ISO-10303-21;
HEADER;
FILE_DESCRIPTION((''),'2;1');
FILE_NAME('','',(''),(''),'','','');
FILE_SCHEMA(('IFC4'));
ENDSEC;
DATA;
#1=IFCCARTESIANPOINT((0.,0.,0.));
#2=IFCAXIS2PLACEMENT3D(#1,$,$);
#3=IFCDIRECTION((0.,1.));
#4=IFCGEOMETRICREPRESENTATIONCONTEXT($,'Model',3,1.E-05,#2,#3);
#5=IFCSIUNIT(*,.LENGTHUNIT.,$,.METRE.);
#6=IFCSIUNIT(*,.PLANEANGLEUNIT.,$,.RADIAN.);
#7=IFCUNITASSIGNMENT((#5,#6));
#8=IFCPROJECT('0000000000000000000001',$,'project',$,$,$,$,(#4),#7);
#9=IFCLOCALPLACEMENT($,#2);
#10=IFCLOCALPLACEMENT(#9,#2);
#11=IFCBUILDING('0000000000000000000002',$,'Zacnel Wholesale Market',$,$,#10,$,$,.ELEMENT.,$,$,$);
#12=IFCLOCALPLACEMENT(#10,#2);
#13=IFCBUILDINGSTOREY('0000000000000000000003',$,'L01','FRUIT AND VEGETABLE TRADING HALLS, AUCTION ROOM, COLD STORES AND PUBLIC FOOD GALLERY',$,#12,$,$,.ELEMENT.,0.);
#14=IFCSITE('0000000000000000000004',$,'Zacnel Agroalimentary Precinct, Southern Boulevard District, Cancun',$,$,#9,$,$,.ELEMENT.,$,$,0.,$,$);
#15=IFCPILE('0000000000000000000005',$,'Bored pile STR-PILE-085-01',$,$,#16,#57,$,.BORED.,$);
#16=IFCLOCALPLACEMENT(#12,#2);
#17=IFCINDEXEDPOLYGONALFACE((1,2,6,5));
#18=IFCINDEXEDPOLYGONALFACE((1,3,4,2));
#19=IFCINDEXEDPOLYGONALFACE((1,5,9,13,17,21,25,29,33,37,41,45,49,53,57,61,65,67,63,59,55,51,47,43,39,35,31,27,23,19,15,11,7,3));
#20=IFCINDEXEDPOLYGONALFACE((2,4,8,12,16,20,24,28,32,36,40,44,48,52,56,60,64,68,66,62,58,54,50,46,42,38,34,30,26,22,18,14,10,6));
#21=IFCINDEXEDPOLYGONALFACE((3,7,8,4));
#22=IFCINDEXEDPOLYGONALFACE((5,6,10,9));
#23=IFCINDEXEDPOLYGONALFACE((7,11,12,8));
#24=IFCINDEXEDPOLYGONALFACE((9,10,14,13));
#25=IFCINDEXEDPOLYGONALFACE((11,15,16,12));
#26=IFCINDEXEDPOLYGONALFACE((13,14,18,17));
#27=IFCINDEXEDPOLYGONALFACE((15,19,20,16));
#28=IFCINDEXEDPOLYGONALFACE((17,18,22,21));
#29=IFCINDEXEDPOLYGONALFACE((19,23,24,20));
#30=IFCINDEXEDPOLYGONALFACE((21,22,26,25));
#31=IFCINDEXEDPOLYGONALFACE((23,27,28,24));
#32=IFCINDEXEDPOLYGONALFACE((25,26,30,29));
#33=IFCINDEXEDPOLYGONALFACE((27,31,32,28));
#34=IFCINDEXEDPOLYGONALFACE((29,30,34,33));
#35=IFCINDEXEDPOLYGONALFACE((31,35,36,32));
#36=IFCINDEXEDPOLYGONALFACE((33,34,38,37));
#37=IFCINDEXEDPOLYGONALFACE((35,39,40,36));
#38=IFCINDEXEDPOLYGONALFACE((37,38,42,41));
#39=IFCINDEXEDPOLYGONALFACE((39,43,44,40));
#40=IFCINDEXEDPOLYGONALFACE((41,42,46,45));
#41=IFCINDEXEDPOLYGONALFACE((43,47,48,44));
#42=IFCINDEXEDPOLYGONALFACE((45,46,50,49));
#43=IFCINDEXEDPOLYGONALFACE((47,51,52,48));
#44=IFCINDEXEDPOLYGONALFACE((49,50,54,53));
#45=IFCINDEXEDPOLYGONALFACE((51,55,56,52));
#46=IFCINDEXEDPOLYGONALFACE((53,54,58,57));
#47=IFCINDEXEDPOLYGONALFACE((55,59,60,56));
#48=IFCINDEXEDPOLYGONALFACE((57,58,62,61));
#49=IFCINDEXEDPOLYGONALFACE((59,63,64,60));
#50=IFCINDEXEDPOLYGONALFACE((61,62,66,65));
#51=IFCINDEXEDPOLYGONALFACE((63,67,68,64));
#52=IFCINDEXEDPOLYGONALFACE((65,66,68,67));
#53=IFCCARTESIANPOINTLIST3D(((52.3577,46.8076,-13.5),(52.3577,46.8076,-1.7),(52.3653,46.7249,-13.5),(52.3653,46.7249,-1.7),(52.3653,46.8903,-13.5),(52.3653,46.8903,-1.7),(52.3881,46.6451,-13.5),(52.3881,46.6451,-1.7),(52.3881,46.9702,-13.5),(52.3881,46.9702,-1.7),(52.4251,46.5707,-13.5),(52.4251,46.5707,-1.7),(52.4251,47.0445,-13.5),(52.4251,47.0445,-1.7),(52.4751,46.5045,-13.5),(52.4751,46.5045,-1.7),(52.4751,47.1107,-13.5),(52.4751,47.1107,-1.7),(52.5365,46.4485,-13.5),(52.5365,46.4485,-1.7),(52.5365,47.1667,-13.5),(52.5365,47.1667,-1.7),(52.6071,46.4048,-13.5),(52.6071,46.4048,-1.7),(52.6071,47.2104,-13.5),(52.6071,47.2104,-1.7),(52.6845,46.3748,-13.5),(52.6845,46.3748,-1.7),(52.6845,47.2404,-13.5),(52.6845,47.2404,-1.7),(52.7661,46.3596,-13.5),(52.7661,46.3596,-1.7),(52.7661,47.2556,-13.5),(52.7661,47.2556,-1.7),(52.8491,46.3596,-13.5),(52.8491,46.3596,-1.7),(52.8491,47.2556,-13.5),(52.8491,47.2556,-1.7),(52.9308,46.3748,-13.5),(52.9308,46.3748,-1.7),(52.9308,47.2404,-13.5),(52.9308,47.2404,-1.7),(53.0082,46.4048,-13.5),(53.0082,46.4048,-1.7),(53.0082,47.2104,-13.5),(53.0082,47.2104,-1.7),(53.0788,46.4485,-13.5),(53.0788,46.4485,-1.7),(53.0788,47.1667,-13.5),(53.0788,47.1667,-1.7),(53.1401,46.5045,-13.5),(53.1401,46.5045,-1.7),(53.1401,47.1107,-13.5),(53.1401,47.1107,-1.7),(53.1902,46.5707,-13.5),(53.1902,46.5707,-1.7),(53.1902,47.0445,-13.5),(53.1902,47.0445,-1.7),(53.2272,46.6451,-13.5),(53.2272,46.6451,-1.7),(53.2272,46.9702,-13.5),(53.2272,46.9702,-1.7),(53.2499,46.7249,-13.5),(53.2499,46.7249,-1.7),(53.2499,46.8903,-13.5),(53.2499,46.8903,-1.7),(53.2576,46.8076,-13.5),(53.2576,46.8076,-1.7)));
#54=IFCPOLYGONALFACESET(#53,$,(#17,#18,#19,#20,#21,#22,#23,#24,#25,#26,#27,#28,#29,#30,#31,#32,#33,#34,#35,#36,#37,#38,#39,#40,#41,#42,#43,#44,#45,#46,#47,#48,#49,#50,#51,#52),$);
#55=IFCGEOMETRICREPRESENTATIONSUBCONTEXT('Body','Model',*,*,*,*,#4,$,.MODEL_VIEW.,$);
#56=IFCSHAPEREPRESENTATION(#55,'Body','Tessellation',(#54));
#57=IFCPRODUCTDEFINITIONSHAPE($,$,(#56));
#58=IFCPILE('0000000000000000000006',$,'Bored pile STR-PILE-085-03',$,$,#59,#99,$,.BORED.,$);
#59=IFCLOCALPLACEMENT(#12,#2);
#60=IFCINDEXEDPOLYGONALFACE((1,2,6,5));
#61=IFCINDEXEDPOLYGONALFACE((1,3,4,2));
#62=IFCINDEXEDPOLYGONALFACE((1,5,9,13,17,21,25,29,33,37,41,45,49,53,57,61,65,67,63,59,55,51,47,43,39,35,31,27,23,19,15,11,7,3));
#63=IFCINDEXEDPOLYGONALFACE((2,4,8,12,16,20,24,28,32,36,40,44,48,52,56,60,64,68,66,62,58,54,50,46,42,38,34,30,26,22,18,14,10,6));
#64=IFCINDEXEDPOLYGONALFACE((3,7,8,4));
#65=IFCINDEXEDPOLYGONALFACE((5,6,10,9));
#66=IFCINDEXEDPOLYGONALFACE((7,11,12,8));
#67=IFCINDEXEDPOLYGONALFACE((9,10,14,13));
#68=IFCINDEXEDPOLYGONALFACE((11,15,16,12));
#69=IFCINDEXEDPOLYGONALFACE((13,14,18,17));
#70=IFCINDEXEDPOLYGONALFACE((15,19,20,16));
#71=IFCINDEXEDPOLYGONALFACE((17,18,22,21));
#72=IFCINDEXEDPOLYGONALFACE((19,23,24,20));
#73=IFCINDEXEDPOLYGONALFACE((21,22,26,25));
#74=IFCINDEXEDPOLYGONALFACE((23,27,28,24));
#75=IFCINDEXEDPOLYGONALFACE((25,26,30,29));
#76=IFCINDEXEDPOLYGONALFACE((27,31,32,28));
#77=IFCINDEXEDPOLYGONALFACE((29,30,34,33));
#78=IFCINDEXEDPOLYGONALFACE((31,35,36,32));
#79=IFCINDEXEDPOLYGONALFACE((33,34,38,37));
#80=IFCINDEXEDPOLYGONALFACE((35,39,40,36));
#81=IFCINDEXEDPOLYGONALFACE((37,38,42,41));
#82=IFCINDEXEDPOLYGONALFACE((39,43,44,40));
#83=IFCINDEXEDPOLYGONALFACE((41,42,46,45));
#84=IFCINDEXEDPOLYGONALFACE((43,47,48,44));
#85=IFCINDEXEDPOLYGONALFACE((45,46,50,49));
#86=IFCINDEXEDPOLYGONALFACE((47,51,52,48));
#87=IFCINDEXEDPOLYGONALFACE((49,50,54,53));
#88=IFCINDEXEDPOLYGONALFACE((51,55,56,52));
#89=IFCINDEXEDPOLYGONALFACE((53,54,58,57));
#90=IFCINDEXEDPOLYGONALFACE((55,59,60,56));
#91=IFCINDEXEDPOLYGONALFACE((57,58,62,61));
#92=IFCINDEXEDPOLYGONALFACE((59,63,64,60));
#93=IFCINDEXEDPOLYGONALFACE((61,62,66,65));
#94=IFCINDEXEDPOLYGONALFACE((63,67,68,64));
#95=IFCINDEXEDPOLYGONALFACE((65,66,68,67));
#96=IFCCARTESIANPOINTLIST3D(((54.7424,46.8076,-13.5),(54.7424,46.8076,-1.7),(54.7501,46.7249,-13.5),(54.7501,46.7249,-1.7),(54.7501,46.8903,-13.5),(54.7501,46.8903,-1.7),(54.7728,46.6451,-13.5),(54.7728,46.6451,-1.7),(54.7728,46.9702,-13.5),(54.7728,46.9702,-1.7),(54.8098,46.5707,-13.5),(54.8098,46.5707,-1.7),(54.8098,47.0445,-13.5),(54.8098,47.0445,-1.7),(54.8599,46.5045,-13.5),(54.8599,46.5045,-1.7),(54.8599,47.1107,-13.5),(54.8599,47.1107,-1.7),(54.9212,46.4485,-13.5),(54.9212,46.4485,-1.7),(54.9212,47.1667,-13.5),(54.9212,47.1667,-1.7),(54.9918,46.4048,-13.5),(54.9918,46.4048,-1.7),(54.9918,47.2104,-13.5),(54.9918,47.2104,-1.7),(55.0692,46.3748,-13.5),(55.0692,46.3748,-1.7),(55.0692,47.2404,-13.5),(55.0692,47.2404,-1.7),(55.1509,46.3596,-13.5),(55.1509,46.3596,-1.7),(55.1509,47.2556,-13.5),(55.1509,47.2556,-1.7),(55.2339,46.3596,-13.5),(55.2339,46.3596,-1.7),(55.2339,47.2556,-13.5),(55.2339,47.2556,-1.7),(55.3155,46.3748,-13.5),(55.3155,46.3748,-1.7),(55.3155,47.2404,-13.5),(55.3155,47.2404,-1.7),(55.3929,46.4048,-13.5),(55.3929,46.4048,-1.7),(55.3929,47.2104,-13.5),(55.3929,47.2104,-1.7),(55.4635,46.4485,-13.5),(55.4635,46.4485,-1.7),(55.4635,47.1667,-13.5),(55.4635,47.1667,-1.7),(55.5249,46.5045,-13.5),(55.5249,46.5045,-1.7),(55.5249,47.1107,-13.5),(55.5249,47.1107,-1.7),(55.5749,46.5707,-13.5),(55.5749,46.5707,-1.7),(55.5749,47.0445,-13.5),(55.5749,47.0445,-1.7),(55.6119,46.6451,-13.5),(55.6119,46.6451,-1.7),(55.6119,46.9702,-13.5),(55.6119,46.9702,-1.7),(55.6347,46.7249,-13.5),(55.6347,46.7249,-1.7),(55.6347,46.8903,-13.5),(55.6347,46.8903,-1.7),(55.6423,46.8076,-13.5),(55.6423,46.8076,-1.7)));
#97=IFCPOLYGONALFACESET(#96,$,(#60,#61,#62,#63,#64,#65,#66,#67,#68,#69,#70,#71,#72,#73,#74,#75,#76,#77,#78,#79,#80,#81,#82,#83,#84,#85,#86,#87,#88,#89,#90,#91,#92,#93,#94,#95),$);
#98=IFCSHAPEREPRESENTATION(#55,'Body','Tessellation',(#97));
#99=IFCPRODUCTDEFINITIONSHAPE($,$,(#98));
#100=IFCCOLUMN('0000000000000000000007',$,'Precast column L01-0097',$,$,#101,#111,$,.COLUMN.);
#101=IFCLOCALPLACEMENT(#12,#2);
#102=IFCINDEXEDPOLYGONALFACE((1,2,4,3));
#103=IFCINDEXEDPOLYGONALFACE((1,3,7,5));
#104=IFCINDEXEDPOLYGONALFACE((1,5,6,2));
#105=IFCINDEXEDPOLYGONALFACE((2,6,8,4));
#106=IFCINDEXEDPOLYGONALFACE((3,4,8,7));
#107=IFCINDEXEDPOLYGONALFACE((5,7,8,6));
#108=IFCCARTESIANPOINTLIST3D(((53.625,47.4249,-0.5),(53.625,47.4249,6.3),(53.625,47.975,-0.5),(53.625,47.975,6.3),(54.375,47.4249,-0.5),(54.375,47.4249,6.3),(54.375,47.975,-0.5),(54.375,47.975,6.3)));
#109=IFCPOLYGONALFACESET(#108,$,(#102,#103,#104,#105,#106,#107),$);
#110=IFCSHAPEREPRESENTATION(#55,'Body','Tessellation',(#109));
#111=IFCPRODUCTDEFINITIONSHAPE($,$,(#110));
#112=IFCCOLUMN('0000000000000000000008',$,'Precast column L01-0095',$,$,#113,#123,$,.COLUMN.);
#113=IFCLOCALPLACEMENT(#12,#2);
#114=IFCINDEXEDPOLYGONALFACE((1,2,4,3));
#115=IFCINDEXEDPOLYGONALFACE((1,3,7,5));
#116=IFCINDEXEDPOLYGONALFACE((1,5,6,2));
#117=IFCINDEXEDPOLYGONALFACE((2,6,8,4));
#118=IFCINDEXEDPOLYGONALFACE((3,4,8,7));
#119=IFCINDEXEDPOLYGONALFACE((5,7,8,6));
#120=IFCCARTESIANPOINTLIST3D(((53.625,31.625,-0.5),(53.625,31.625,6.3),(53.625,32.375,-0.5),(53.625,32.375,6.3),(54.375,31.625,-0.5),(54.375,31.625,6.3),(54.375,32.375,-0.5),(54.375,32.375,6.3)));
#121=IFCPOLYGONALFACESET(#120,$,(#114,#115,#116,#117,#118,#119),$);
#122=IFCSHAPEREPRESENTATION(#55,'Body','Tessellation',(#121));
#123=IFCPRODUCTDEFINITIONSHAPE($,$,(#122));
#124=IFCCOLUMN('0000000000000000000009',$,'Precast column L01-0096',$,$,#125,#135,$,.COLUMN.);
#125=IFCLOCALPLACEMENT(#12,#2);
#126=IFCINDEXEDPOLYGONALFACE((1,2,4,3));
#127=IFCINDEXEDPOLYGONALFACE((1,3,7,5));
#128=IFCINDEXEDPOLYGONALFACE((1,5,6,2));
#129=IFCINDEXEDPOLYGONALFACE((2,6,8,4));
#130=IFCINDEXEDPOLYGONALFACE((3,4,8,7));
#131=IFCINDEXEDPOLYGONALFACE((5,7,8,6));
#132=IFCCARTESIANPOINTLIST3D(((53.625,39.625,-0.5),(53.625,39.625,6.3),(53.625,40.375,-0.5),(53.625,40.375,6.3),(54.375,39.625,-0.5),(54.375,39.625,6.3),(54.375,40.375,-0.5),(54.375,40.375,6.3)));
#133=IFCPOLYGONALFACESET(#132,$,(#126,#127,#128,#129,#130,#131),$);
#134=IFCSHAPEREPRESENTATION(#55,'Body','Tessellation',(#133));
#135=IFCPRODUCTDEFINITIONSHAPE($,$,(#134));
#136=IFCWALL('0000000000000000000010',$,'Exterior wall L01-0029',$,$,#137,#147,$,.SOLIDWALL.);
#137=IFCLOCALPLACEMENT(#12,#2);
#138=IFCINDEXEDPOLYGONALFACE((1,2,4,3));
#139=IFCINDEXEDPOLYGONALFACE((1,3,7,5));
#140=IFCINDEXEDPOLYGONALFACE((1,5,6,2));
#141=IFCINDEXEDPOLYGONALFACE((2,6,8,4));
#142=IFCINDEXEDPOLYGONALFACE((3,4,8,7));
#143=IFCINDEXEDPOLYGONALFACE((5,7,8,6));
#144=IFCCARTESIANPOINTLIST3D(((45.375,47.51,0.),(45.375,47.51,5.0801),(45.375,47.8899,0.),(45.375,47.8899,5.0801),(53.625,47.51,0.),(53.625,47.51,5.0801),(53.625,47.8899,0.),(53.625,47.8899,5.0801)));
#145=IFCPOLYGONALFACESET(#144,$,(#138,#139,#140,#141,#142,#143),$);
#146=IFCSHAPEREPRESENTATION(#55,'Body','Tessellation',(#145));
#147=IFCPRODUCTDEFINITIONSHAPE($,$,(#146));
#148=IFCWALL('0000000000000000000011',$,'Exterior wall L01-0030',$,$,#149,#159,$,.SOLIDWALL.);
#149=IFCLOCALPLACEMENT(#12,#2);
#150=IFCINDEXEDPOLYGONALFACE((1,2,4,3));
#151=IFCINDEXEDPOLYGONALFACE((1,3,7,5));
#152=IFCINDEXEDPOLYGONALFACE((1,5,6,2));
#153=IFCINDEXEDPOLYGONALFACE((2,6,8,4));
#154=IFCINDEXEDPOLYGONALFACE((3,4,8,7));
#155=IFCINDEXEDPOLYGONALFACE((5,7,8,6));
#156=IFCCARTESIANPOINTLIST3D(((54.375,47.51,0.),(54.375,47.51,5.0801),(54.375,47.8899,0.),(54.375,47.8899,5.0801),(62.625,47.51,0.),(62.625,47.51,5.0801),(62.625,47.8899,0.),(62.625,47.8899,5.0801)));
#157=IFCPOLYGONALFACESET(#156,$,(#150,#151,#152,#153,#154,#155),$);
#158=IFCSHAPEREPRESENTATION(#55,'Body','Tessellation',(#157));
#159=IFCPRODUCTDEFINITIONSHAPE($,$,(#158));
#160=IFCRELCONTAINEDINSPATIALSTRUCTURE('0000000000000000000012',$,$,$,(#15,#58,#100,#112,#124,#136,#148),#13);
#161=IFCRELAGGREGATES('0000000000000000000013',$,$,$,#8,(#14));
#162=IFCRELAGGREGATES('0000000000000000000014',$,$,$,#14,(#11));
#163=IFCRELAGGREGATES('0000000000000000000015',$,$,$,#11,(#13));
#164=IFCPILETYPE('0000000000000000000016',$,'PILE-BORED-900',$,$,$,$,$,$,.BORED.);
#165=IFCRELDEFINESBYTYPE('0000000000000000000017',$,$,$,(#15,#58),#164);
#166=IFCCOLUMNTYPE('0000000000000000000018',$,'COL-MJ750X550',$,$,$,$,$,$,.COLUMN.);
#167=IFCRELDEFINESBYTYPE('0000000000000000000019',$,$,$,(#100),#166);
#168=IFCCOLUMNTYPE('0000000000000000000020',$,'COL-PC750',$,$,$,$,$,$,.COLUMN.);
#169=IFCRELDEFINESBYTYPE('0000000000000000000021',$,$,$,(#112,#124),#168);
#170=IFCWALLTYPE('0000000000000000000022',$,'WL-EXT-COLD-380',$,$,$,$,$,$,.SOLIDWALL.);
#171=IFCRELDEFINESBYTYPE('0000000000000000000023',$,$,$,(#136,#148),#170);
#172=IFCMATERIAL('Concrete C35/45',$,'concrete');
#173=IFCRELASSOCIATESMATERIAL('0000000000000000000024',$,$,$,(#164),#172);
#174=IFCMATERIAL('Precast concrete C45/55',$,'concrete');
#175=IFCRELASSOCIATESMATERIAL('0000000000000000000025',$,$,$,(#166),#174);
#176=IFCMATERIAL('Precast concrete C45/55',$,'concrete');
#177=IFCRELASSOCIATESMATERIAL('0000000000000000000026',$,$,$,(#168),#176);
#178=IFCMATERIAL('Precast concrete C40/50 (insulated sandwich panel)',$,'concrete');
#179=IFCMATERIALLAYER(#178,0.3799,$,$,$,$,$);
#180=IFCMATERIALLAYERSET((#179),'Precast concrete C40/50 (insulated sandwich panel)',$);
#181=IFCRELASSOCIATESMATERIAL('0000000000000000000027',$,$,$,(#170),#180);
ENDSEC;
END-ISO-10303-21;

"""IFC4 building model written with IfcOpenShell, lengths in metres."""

from ifc_helpers import new_model, si_unit, direction, frame, frame_2d, origin, origin_2d, place, context, subcontext, project, spatial, rectangle, circle, extrude, material, layer, layer_set, material_profile, profile_set, type_object, element, save


model = new_model("IFC4")

# Units and contexts
model_context = context("Model", 3, precision=1e-05, world=origin(), true_north=direction((0.0, 1.0)))
body_context = subcontext(model_context, "Body", "Model", "MODEL_VIEW")
ifc_project = project(units=[si_unit("LENGTHUNIT", "METRE"), si_unit("PLANEANGLEUNIT", "RADIAN")], contexts=[model_context])

# Site, building, storey
site_placement = place(None, origin())
site = spatial("IfcSite", under=ifc_project, at=site_placement, Name="Zacnel Agroalimentary Precinct, Southern Boulevard District, Cancun", CompositionType="ELEMENT", RefElevation=0.0)
building_placement = place(site_placement, origin())
building = spatial("IfcBuilding", under=site, at=building_placement, Name="Zacnel Wholesale Market", CompositionType="ELEMENT")
storey_placement = place(building_placement, origin())
storey = spatial("IfcBuildingStorey", under=building, at=storey_placement, Name="L01", Description="FRUIT AND VEGETABLE TRADING HALLS, AUCTION ROOM, COLD STORES AND PUBLIC FOOD GALLERY", CompositionType="ELEMENT", Elevation=0.0)

# Piles
ifc_material_1 = material(Name="Concrete C35/45", Category="concrete")
ifc_material_profile_1 = material_profile(ifc_material_1, circle(Radius=0.45, at=origin_2d()), Name="BORED PILE D900")
ifc_profile_set_1 = profile_set([ifc_material_profile_1], Name="Concrete C35/45")
pile_type = type_object("IfcPileType", Name="PILE-BORED-900", PredefinedType="BORED", material=ifc_profile_set_1)
for number, where, z_axis, x_axis, name in (
    (1, (52.8076, 46.8076, -1.7), (0.0, 0.0, -1.0), (1.0, 0.0, 0.0), "Bored pile STR-PILE-085-01"),
    (2, (55.1924, 46.8076, -1.7), (0.0, 0.0, -1.0), (1.0, 0.0, 0.0), "Bored pile STR-PILE-085-03"),
):
    element("IfcPile", number, at=place(storey_placement, frame(where, z_axis=z_axis, x_axis=x_axis)), inside=storey, type_object=pile_type, Name=name, PredefinedType="BORED", context=body_context, shape_type="SweptSolid", body=[
        extrude(circle(Radius=0.45, at=origin_2d()), origin(), (0.0, 0.0, 1.0), 11.8),
    ])

# Columns
ifc_material_2 = material(Name="Precast concrete C45/55", Category="concrete")
ifc_material_profile_2 = material_profile(ifc_material_2, rectangle(XDim=0.75, YDim=0.55, at=origin_2d()), Name="PC 750x550")
ifc_profile_set_2 = profile_set([ifc_material_profile_2], Name="Precast concrete C45/55")
column_type_1 = type_object("IfcColumnType", Name="COL-MJ750X550", PredefinedType="COLUMN", material=ifc_profile_set_2)
column_placement = place(storey_placement, frame((54.0, 47.7, -0.5), z_axis=(0.0, 0.0, 1.0), x_axis=(1.0, 0.0, 0.0)))
element("IfcColumn", 3, at=column_placement, inside=storey, type_object=column_type_1, Name="Precast column L01-0097", PredefinedType="COLUMN", context=body_context, shape_type="SweptSolid", body=[
    extrude(rectangle(XDim=0.75, YDim=0.55, at=origin_2d()), origin(), (0.0, 0.0, 1.0), 6.8),
])
ifc_material_3 = material(Name="Precast concrete C45/55", Category="concrete")
ifc_material_profile_3 = material_profile(ifc_material_3, rectangle(XDim=0.75, YDim=0.75, at=origin_2d()), Name="PC 750x750")
ifc_profile_set_3 = profile_set([ifc_material_profile_3], Name="Precast concrete C45/55")
column_type_2 = type_object("IfcColumnType", Name="COL-PC750", PredefinedType="COLUMN", material=ifc_profile_set_3)
for number, where, z_axis, x_axis, name in (
    (4, (54.0, 32.0, -0.5), (0.0, 0.0, 1.0), (1.0, 0.0, 0.0), "Precast column L01-0095"),
    (5, (54.0, 40.0, -0.5), (0.0, 0.0, 1.0), (1.0, 0.0, 0.0), "Precast column L01-0096"),
):
    element("IfcColumn", number, at=place(storey_placement, frame(where, z_axis=z_axis, x_axis=x_axis)), inside=storey, type_object=column_type_2, Name=name, PredefinedType="COLUMN", context=body_context, shape_type="SweptSolid", body=[
        extrude(rectangle(XDim=0.75, YDim=0.75, at=origin_2d()), origin(), (0.0, 0.0, 1.0), 6.8),
    ])

# Walls
ifc_material_4 = material(Name="Precast concrete C40/50 (insulated sandwich panel)", Category="concrete")
ifc_layer_1 = layer(ifc_material_4, 0.3799)
ifc_layer_set_1 = layer_set([ifc_layer_1], Name="Precast concrete C40/50 (insulated sandwich panel)")
wall_type = type_object("IfcWallType", Name="WL-EXT-COLD-380", PredefinedType="SOLIDWALL", material=ifc_layer_set_1)
for number, where, z_axis, x_axis, name in (
    (6, (45.375, 47.7, 0.0), (0.0, 0.0, 1.0), (1.0, 0.0, 0.0), "Exterior wall L01-0029"),
    (7, (54.375, 47.7, 0.0), (0.0, 0.0, 1.0), (1.0, 0.0, 0.0), "Exterior wall L01-0030"),
):
    element("IfcWall", number, at=place(storey_placement, frame(where, z_axis=z_axis, x_axis=x_axis)), inside=storey, type_object=wall_type, Name=name, PredefinedType="SOLIDWALL", context=body_context, shape_type="SweptSolid", body=[
        extrude(rectangle(XDim=8.25, YDim=0.3799, at=frame_2d((4.125, 0.0))), origin(), (0.0, 0.0, 1.0), 5.0801),
    ])

save(model, "model.ifc")
